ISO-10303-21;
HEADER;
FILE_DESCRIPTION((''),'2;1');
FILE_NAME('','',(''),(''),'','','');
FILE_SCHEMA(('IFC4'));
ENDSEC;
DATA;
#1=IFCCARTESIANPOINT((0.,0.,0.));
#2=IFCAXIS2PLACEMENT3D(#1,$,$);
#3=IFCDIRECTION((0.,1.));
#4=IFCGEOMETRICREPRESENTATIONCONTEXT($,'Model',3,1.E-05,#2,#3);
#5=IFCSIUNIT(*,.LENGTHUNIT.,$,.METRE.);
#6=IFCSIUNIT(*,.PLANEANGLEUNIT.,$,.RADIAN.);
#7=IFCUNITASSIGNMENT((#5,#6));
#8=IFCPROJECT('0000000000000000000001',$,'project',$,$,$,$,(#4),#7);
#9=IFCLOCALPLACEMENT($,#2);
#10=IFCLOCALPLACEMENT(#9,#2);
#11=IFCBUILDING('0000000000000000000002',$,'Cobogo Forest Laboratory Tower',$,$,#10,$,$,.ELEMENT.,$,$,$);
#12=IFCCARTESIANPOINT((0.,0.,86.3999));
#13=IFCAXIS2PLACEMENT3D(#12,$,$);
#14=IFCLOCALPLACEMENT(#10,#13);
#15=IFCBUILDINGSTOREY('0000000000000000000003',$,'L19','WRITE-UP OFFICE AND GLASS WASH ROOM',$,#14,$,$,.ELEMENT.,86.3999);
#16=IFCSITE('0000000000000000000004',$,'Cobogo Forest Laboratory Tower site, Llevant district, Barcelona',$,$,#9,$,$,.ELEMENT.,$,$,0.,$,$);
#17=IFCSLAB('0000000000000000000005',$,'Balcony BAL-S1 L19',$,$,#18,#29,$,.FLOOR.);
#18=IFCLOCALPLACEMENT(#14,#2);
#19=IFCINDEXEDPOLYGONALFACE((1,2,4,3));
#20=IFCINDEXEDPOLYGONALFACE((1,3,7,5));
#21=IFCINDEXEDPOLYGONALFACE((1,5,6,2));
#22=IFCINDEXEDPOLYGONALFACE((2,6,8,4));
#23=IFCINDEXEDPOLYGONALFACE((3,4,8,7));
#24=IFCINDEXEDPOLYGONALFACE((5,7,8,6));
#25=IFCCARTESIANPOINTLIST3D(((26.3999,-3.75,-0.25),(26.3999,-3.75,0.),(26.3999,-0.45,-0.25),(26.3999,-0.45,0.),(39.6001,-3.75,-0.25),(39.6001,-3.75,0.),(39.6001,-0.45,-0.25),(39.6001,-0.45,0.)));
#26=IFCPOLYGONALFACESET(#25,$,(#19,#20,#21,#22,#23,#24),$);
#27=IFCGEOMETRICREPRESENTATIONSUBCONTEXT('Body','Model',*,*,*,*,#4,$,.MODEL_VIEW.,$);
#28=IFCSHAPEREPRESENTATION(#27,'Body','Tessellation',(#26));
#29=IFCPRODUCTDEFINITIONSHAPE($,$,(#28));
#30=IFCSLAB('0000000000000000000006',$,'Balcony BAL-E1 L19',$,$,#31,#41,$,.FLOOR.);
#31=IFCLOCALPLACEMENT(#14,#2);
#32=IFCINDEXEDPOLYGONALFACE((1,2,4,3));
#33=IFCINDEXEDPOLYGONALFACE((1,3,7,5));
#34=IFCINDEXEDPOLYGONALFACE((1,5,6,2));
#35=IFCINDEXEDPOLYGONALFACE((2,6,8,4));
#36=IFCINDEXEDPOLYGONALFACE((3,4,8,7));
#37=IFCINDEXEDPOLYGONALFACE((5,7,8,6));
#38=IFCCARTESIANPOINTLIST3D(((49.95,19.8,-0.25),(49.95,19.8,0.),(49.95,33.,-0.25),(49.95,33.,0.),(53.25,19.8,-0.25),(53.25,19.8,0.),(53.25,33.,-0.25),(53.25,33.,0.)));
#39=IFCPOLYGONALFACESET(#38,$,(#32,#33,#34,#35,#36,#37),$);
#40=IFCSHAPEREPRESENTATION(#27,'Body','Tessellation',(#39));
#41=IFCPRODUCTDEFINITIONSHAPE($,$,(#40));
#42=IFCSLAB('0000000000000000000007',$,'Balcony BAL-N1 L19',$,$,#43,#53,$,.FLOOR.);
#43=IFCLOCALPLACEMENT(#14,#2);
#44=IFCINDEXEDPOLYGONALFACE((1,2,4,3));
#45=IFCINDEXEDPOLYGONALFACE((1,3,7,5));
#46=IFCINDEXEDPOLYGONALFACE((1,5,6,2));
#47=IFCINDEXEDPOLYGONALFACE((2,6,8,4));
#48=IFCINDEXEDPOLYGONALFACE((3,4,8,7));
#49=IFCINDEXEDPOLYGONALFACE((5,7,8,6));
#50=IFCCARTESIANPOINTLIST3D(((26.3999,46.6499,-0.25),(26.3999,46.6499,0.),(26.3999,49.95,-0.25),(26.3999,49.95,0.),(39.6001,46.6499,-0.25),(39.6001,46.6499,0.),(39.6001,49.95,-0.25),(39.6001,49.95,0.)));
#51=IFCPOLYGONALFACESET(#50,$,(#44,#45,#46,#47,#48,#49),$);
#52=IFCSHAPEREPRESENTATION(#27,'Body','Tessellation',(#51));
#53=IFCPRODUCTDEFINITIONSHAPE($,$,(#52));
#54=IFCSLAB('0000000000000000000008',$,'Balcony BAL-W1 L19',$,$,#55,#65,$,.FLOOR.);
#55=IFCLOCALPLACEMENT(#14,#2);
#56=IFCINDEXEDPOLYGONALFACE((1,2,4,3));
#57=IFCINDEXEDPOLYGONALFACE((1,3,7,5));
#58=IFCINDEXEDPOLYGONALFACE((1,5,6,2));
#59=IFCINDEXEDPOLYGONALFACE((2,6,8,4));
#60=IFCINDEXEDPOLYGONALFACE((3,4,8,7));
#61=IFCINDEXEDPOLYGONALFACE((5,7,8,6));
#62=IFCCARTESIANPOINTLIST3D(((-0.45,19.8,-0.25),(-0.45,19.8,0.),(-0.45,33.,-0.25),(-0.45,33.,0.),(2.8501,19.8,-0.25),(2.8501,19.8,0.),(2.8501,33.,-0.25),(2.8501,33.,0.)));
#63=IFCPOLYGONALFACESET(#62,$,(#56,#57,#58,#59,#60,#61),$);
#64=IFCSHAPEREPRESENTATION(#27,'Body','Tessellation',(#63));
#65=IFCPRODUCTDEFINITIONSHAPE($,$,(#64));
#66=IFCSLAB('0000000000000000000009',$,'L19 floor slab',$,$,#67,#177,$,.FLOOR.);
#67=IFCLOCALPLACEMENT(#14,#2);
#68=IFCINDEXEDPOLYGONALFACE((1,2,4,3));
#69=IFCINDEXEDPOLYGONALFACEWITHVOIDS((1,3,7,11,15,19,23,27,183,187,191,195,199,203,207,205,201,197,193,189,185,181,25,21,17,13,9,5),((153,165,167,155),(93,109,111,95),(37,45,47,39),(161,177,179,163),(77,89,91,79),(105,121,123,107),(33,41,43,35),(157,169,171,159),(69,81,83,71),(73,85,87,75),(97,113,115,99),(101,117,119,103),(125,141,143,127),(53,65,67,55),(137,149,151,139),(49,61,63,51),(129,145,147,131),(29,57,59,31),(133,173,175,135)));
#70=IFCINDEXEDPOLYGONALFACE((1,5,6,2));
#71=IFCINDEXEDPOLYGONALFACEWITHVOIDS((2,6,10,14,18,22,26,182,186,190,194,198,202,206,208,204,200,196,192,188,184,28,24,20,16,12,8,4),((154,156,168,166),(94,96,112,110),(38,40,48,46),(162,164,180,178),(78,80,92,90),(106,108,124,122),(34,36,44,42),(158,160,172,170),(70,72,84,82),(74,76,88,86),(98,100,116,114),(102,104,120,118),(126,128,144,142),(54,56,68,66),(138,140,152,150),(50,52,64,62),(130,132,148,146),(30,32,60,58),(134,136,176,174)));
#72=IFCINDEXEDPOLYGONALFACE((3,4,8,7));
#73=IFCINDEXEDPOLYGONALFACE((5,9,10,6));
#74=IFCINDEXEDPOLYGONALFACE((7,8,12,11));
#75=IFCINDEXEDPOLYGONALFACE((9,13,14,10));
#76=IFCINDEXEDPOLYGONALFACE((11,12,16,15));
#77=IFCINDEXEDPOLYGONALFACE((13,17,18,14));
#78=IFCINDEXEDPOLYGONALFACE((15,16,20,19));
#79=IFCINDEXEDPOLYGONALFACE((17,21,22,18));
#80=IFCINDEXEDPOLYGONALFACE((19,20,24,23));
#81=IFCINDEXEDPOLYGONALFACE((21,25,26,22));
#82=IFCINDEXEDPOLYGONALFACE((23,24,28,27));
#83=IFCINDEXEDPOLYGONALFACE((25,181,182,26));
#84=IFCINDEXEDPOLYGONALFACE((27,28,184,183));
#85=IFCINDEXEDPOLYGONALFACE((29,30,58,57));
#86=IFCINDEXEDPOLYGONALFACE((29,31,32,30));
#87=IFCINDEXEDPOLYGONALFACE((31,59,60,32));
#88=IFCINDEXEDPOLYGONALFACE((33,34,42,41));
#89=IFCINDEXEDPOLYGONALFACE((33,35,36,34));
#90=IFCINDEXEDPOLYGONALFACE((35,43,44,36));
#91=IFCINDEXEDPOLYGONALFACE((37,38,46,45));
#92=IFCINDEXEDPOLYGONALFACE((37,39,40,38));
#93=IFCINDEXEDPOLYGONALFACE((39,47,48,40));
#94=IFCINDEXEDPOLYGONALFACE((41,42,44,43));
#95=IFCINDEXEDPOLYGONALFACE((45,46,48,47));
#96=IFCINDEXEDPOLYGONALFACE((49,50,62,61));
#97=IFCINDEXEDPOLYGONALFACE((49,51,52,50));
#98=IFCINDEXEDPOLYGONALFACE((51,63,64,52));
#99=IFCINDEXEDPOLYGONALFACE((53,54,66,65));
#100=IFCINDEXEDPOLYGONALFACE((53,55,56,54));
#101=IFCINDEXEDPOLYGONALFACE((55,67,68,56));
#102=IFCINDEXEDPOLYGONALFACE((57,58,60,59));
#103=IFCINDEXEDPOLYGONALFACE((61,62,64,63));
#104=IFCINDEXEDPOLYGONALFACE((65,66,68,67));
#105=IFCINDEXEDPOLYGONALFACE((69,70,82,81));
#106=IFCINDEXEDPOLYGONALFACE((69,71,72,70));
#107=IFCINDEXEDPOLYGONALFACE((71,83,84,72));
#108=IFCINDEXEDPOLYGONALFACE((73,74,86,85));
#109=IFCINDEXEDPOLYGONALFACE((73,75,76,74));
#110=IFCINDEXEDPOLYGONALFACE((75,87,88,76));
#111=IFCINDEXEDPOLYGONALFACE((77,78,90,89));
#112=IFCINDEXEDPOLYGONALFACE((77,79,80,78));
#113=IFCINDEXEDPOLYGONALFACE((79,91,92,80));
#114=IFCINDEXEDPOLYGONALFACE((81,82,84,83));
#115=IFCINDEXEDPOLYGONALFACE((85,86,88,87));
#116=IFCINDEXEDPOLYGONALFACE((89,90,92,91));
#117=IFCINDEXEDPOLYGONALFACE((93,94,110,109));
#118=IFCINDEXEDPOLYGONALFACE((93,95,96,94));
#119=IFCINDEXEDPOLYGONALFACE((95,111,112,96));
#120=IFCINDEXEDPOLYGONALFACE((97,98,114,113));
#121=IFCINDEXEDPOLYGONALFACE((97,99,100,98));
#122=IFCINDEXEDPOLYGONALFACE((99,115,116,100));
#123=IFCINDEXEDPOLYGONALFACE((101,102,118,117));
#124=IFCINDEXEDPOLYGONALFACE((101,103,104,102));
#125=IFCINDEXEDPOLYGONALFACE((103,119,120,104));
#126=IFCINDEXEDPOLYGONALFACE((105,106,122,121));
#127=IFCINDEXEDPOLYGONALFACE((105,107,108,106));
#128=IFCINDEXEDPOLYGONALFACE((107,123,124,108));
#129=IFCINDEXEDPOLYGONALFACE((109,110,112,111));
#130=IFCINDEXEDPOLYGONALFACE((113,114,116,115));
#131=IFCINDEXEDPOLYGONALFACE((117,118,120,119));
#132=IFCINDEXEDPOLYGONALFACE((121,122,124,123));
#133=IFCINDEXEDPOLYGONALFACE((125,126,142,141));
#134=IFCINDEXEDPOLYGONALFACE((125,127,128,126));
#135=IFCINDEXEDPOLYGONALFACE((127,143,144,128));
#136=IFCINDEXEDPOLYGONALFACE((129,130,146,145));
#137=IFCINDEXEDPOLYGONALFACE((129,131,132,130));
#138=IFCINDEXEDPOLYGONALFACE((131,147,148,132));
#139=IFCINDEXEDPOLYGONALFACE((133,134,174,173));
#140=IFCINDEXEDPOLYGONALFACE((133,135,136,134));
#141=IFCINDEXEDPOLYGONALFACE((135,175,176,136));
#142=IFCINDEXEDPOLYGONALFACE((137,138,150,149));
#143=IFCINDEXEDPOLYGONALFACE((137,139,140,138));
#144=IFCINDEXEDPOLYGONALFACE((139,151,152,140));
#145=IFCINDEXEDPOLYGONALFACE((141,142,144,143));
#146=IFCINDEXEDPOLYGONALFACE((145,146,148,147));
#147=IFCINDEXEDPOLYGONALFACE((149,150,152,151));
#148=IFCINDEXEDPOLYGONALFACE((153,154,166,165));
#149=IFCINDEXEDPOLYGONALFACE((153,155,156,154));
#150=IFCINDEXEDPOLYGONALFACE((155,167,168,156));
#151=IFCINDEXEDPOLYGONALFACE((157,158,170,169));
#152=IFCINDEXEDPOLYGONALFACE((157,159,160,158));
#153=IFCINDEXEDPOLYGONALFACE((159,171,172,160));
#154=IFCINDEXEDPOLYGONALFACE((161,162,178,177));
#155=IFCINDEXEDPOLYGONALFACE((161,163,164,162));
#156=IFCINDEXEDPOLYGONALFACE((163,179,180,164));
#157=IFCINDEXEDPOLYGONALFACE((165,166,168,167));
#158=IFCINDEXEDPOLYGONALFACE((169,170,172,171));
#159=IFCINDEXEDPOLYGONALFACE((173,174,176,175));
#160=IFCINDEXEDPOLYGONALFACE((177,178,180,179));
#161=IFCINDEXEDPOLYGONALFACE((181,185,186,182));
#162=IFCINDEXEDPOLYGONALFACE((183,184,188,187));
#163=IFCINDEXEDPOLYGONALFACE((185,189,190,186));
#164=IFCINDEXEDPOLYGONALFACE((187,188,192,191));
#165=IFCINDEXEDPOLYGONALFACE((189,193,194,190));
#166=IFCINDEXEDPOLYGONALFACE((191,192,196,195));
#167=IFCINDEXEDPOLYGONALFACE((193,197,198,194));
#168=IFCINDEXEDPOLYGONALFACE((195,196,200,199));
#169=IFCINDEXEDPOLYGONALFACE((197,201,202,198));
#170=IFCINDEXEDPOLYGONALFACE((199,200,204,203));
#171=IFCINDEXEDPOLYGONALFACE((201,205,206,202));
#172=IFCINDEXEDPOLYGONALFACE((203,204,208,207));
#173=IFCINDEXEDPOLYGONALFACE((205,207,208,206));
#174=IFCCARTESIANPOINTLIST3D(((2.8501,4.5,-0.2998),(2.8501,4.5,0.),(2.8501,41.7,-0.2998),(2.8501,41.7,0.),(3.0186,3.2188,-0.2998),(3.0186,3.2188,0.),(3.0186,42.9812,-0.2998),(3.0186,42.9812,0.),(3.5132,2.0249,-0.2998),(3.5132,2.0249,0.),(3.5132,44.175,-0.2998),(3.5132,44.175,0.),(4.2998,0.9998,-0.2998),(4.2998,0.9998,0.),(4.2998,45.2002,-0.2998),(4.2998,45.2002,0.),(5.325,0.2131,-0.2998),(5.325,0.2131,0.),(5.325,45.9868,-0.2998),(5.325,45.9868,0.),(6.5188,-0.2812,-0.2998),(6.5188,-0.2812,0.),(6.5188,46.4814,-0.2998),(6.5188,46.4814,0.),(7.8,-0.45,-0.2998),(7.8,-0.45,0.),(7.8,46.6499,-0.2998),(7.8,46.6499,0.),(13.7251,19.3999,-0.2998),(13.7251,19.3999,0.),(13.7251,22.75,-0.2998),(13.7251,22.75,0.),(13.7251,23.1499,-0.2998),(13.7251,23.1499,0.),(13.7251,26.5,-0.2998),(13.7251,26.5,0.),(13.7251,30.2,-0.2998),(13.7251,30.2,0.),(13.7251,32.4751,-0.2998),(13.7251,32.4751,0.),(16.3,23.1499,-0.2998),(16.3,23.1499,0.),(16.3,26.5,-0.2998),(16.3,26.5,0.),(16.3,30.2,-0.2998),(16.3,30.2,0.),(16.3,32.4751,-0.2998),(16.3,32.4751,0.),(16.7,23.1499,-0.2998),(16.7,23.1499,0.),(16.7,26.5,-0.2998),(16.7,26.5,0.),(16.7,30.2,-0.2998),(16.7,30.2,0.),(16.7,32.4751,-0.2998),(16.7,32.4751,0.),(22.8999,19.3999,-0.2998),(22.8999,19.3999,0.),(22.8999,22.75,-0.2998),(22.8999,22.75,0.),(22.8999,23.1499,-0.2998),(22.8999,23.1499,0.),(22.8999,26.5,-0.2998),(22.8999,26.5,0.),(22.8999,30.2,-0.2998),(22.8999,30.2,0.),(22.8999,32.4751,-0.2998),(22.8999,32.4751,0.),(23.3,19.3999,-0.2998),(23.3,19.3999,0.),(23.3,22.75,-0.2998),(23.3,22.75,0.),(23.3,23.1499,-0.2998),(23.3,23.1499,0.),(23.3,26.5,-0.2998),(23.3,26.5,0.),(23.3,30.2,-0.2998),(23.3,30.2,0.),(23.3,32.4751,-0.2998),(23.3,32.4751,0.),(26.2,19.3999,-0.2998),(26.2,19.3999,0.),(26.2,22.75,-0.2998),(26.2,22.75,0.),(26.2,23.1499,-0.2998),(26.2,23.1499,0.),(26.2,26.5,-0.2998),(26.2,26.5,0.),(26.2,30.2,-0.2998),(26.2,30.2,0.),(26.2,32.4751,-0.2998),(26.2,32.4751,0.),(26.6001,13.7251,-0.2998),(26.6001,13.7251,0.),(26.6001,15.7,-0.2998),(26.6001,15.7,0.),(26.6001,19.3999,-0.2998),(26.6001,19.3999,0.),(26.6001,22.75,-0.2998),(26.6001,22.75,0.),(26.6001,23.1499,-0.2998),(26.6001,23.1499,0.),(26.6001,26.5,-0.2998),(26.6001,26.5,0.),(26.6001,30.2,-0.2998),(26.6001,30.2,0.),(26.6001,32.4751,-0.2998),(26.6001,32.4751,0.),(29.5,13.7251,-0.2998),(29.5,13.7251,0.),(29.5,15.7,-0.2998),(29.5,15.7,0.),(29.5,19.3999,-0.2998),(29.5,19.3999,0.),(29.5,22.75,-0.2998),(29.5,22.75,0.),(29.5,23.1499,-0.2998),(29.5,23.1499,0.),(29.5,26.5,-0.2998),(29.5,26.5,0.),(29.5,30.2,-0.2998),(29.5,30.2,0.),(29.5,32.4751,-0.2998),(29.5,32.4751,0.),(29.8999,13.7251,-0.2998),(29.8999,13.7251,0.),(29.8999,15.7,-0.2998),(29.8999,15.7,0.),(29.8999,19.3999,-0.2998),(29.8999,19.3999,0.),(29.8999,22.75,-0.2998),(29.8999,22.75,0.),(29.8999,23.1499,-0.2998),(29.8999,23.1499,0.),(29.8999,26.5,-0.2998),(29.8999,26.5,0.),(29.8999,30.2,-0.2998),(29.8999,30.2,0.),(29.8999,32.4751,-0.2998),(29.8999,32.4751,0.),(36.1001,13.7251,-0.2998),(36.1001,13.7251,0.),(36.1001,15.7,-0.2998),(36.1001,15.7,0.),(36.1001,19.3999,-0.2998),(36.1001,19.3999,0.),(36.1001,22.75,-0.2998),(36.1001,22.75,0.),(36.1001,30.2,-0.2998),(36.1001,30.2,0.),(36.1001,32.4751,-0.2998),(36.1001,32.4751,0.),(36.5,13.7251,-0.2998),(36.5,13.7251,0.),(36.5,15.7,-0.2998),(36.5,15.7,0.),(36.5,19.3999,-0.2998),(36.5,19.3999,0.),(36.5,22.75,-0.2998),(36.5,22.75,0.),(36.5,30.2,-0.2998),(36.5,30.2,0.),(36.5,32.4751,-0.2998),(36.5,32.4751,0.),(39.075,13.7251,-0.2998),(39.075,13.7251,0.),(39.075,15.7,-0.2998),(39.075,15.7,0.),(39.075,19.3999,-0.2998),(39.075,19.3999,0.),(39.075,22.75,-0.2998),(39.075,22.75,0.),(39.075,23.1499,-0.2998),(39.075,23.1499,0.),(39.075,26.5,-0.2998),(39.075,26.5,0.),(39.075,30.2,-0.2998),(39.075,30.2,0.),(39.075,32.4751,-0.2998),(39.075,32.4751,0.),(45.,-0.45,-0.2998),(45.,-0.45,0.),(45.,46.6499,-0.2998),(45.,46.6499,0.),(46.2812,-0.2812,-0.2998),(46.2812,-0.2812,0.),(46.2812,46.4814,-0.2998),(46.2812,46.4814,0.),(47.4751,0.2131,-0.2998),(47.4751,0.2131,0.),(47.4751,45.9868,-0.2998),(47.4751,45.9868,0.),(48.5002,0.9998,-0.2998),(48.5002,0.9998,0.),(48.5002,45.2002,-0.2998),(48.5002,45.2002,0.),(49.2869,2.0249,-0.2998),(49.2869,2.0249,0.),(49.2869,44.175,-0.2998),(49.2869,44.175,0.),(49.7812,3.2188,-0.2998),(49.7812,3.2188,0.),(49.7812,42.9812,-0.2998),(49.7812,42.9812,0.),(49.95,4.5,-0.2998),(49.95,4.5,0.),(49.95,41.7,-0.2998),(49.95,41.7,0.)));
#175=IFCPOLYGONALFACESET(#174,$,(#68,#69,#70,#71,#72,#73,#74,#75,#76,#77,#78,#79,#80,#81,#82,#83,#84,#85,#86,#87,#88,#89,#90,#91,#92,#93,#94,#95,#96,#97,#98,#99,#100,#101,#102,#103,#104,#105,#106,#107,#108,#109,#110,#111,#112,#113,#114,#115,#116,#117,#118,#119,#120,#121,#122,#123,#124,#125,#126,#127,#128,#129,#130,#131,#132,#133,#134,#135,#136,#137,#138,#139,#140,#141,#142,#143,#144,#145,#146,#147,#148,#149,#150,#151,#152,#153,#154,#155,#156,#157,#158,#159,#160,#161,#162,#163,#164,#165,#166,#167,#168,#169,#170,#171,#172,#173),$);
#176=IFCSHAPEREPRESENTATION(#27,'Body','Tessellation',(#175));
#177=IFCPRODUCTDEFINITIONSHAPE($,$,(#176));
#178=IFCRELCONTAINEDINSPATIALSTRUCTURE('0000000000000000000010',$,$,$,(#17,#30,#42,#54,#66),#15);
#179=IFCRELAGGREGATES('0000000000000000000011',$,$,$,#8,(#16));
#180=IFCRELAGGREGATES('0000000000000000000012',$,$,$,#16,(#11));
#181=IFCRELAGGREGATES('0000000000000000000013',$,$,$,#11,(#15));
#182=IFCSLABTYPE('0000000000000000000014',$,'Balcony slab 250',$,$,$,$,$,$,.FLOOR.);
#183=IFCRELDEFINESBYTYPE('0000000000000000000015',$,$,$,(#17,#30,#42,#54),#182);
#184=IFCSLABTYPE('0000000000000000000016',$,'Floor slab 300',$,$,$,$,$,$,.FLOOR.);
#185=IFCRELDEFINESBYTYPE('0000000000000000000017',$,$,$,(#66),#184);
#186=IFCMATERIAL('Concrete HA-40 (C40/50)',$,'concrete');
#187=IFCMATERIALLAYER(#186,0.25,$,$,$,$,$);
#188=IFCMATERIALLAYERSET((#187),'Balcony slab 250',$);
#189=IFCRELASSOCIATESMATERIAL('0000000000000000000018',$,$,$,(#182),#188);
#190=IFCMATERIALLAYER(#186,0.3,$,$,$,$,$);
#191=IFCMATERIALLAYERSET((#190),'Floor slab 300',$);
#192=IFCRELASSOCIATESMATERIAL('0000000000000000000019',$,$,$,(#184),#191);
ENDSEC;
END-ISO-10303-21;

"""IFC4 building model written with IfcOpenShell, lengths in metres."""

from ifc_helpers import new_model, si_unit, direction, frame, origin, place, context, subcontext, project, spatial, polyline, outline, extrude, material, layer, layer_set, type_object, element, save


model = new_model("IFC4")

# Units and contexts
model_context = context("Model", 3, precision=1e-05, world=origin(), true_north=direction((0.0, 1.0)))
body_context = subcontext(model_context, "Body", "Model", "MODEL_VIEW")
ifc_project = project(units=[si_unit("LENGTHUNIT", "METRE"), si_unit("PLANEANGLEUNIT", "RADIAN")], contexts=[model_context])

# Site, building, storey
site_placement = place(None, origin())
site = spatial("IfcSite", under=ifc_project, at=site_placement, Name="Cobogo Forest Laboratory Tower site, Llevant district, Barcelona", CompositionType="ELEMENT", RefElevation=0.0)
building_placement = place(site_placement, origin())
building = spatial("IfcBuilding", under=site, at=building_placement, Name="Cobogo Forest Laboratory Tower", CompositionType="ELEMENT")
storey_placement = place(building_placement, frame((0.0, 0.0, 86.3999)))
storey = spatial("IfcBuildingStorey", under=building, at=storey_placement, Name="L19", Description="WRITE-UP OFFICE AND GLASS WASH ROOM", CompositionType="ELEMENT", Elevation=86.3999)

# Slabs
ifc_material_1 = material(Name="Concrete HA-40 (C40/50)", Category="concrete")
ifc_layer_1 = layer(ifc_material_1, 0.25)
ifc_layer_set_1 = layer_set([ifc_layer_1], Name="Balcony slab 250")
slab_type_1 = type_object("IfcSlabType", Name="Balcony slab 250", PredefinedType="FLOOR", material=ifc_layer_set_1)
slab_1_placement = place(storey_placement, frame((0.0, 0.0, -0.25)))
element("IfcSlab", 1, at=slab_1_placement, inside=storey, type_object=slab_type_1, Name="Balcony BAL-S1 L19", PredefinedType="FLOOR", context=body_context, shape_type="SweptSolid", body=[
    extrude(outline(polyline([(26.3999, -3.75), (39.6001, -3.75), (39.6001, -0.45), (26.3999, -0.45), (26.3999, -3.75)])), origin(), (0.0, 0.0, 1.0), 0.25),
])
slab_2_placement = place(storey_placement, frame((0.0, 0.0, -0.25)))
element("IfcSlab", 2, at=slab_2_placement, inside=storey, type_object=slab_type_1, Name="Balcony BAL-E1 L19", PredefinedType="FLOOR", context=body_context, shape_type="SweptSolid", body=[
    extrude(outline(polyline([(49.95, 19.8), (53.25, 19.8), (53.25, 33.0), (49.95, 33.0), (49.95, 19.8)])), origin(), (0.0, 0.0, 1.0), 0.25),
])
slab_3_placement = place(storey_placement, frame((0.0, 0.0, -0.25)))
element("IfcSlab", 3, at=slab_3_placement, inside=storey, type_object=slab_type_1, Name="Balcony BAL-N1 L19", PredefinedType="FLOOR", context=body_context, shape_type="SweptSolid", body=[
    extrude(outline(polyline([(26.3999, 46.6499), (39.6001, 46.6499), (39.6001, 49.95), (26.3999, 49.95), (26.3999, 46.6499)])), origin(), (0.0, 0.0, 1.0), 0.25),
])
slab_4_placement = place(storey_placement, frame((0.0, 0.0, -0.25)))
element("IfcSlab", 4, at=slab_4_placement, inside=storey, type_object=slab_type_1, Name="Balcony BAL-W1 L19", PredefinedType="FLOOR", context=body_context, shape_type="SweptSolid", body=[
    extrude(outline(polyline([(-0.45, 19.8), (2.8501, 19.8), (2.8501, 33.0), (-0.45, 33.0), (-0.45, 19.8)])), origin(), (0.0, 0.0, 1.0), 0.25),
])
ifc_layer_2 = layer(ifc_material_1, 0.3)
ifc_layer_set_2 = layer_set([ifc_layer_2], Name="Floor slab 300")
slab_type_2 = type_object("IfcSlabType", Name="Floor slab 300", PredefinedType="FLOOR", material=ifc_layer_set_2)
slab_5_placement = place(storey_placement, frame((0.0, 0.0, -0.2998)))
element("IfcSlab", 5, at=slab_5_placement, inside=storey, type_object=slab_type_2, Name="L19 floor slab", PredefinedType="FLOOR", context=body_context, shape_type="SweptSolid", body=[
    extrude(outline(polyline([(45.0, -0.45), (46.2812, -0.2812), (47.4751, 0.2131), (48.5002, 0.9998), (49.2869, 2.0249), (49.7812, 3.2188), (49.95, 4.5), (49.95, 41.7), (49.7812, 42.9812), (49.2869, 44.175), (48.5002, 45.2002), (47.4751, 45.9868), (46.2812, 46.4814), (45.0, 46.6499), (7.8, 46.6499), (6.5188, 46.4814), (5.325, 45.9868), (4.2998, 45.2002), (3.5132, 44.175), (3.0186, 42.9812), (2.8501, 41.7), (2.8501, 4.5), (3.0186, 3.2188), (3.5132, 2.0249), (4.2998, 0.9998), (5.325, 0.2131), (6.5188, -0.2812), (7.8, -0.45), (45.0, -0.45)]), holes=[polyline([(29.5, 13.7251), (26.6001, 13.7251), (26.6001, 15.7), (29.5, 15.7), (29.5, 13.7251)]), polyline([(36.1001, 15.7), (36.1001, 13.7251), (29.8999, 13.7251), (29.8999, 15.7), (36.1001, 15.7)]), polyline([(36.5, 13.7251), (36.5, 15.7), (39.075, 15.7), (39.075, 13.7251), (36.5, 13.7251)]), polyline([(13.7251, 19.3999), (13.7251, 22.75), (22.8999, 22.75), (22.8999, 19.3999), (13.7251, 19.3999)]), polyline([(23.3, 19.3999), (23.3, 22.75), (26.2, 22.75), (26.2, 19.3999), (23.3, 19.3999)]), polyline([(29.5, 19.3999), (26.6001, 19.3999), (26.6001, 22.75), (29.5, 22.75), (29.5, 19.3999)]), polyline([(36.1001, 22.75), (36.1001, 19.3999), (29.8999, 19.3999), (29.8999, 22.75), (36.1001, 22.75)]), polyline([(39.075, 19.3999), (36.5, 19.3999), (36.5, 22.75), (39.075, 22.75), (39.075, 19.3999)]), polyline([(16.3, 23.1499), (13.7251, 23.1499), (13.7251, 26.5), (16.3, 26.5), (16.3, 23.1499)]), polyline([(22.8999, 26.5), (22.8999, 23.1499), (16.7, 23.1499), (16.7, 26.5), (22.8999, 26.5)]), polyline([(26.2, 23.1499), (23.3, 23.1499), (23.3, 26.5), (26.2, 26.5), (26.2, 23.1499)]), polyline([(26.6001, 23.1499), (26.6001, 26.5), (29.5, 26.5), (29.5, 23.1499), (26.6001, 23.1499)]), polyline([(29.8999, 23.1499), (29.8999, 26.5), (39.075, 26.5), (39.075, 23.1499), (29.8999, 23.1499)]), polyline([(13.7251, 30.2), (13.7251, 32.4751), (16.3, 32.4751), (16.3, 30.2), (13.7251, 30.2)]), polyline([(22.8999, 32.4751), (22.8999, 30.2), (16.7, 30.2), (16.7, 32.4751), (22.8999, 32.4751)]), polyline([(23.3, 30.2), (23.3, 32.4751), (26.2, 32.4751), (26.2, 30.2), (23.3, 30.2)]), polyline([(26.6001, 30.2), (26.6001, 32.4751), (29.5, 32.4751), (29.5, 30.2), (26.6001, 30.2)]), polyline([(36.1001, 32.4751), (36.1001, 30.2), (29.8999, 30.2), (29.8999, 32.4751), (36.1001, 32.4751)]), polyline([(36.5, 30.2), (36.5, 32.4751), (39.075, 32.4751), (39.075, 30.2), (36.5, 30.2)])]), origin(), (0.0, 0.0, 1.0), 0.2998),
])

save(model, "model.ifc")
